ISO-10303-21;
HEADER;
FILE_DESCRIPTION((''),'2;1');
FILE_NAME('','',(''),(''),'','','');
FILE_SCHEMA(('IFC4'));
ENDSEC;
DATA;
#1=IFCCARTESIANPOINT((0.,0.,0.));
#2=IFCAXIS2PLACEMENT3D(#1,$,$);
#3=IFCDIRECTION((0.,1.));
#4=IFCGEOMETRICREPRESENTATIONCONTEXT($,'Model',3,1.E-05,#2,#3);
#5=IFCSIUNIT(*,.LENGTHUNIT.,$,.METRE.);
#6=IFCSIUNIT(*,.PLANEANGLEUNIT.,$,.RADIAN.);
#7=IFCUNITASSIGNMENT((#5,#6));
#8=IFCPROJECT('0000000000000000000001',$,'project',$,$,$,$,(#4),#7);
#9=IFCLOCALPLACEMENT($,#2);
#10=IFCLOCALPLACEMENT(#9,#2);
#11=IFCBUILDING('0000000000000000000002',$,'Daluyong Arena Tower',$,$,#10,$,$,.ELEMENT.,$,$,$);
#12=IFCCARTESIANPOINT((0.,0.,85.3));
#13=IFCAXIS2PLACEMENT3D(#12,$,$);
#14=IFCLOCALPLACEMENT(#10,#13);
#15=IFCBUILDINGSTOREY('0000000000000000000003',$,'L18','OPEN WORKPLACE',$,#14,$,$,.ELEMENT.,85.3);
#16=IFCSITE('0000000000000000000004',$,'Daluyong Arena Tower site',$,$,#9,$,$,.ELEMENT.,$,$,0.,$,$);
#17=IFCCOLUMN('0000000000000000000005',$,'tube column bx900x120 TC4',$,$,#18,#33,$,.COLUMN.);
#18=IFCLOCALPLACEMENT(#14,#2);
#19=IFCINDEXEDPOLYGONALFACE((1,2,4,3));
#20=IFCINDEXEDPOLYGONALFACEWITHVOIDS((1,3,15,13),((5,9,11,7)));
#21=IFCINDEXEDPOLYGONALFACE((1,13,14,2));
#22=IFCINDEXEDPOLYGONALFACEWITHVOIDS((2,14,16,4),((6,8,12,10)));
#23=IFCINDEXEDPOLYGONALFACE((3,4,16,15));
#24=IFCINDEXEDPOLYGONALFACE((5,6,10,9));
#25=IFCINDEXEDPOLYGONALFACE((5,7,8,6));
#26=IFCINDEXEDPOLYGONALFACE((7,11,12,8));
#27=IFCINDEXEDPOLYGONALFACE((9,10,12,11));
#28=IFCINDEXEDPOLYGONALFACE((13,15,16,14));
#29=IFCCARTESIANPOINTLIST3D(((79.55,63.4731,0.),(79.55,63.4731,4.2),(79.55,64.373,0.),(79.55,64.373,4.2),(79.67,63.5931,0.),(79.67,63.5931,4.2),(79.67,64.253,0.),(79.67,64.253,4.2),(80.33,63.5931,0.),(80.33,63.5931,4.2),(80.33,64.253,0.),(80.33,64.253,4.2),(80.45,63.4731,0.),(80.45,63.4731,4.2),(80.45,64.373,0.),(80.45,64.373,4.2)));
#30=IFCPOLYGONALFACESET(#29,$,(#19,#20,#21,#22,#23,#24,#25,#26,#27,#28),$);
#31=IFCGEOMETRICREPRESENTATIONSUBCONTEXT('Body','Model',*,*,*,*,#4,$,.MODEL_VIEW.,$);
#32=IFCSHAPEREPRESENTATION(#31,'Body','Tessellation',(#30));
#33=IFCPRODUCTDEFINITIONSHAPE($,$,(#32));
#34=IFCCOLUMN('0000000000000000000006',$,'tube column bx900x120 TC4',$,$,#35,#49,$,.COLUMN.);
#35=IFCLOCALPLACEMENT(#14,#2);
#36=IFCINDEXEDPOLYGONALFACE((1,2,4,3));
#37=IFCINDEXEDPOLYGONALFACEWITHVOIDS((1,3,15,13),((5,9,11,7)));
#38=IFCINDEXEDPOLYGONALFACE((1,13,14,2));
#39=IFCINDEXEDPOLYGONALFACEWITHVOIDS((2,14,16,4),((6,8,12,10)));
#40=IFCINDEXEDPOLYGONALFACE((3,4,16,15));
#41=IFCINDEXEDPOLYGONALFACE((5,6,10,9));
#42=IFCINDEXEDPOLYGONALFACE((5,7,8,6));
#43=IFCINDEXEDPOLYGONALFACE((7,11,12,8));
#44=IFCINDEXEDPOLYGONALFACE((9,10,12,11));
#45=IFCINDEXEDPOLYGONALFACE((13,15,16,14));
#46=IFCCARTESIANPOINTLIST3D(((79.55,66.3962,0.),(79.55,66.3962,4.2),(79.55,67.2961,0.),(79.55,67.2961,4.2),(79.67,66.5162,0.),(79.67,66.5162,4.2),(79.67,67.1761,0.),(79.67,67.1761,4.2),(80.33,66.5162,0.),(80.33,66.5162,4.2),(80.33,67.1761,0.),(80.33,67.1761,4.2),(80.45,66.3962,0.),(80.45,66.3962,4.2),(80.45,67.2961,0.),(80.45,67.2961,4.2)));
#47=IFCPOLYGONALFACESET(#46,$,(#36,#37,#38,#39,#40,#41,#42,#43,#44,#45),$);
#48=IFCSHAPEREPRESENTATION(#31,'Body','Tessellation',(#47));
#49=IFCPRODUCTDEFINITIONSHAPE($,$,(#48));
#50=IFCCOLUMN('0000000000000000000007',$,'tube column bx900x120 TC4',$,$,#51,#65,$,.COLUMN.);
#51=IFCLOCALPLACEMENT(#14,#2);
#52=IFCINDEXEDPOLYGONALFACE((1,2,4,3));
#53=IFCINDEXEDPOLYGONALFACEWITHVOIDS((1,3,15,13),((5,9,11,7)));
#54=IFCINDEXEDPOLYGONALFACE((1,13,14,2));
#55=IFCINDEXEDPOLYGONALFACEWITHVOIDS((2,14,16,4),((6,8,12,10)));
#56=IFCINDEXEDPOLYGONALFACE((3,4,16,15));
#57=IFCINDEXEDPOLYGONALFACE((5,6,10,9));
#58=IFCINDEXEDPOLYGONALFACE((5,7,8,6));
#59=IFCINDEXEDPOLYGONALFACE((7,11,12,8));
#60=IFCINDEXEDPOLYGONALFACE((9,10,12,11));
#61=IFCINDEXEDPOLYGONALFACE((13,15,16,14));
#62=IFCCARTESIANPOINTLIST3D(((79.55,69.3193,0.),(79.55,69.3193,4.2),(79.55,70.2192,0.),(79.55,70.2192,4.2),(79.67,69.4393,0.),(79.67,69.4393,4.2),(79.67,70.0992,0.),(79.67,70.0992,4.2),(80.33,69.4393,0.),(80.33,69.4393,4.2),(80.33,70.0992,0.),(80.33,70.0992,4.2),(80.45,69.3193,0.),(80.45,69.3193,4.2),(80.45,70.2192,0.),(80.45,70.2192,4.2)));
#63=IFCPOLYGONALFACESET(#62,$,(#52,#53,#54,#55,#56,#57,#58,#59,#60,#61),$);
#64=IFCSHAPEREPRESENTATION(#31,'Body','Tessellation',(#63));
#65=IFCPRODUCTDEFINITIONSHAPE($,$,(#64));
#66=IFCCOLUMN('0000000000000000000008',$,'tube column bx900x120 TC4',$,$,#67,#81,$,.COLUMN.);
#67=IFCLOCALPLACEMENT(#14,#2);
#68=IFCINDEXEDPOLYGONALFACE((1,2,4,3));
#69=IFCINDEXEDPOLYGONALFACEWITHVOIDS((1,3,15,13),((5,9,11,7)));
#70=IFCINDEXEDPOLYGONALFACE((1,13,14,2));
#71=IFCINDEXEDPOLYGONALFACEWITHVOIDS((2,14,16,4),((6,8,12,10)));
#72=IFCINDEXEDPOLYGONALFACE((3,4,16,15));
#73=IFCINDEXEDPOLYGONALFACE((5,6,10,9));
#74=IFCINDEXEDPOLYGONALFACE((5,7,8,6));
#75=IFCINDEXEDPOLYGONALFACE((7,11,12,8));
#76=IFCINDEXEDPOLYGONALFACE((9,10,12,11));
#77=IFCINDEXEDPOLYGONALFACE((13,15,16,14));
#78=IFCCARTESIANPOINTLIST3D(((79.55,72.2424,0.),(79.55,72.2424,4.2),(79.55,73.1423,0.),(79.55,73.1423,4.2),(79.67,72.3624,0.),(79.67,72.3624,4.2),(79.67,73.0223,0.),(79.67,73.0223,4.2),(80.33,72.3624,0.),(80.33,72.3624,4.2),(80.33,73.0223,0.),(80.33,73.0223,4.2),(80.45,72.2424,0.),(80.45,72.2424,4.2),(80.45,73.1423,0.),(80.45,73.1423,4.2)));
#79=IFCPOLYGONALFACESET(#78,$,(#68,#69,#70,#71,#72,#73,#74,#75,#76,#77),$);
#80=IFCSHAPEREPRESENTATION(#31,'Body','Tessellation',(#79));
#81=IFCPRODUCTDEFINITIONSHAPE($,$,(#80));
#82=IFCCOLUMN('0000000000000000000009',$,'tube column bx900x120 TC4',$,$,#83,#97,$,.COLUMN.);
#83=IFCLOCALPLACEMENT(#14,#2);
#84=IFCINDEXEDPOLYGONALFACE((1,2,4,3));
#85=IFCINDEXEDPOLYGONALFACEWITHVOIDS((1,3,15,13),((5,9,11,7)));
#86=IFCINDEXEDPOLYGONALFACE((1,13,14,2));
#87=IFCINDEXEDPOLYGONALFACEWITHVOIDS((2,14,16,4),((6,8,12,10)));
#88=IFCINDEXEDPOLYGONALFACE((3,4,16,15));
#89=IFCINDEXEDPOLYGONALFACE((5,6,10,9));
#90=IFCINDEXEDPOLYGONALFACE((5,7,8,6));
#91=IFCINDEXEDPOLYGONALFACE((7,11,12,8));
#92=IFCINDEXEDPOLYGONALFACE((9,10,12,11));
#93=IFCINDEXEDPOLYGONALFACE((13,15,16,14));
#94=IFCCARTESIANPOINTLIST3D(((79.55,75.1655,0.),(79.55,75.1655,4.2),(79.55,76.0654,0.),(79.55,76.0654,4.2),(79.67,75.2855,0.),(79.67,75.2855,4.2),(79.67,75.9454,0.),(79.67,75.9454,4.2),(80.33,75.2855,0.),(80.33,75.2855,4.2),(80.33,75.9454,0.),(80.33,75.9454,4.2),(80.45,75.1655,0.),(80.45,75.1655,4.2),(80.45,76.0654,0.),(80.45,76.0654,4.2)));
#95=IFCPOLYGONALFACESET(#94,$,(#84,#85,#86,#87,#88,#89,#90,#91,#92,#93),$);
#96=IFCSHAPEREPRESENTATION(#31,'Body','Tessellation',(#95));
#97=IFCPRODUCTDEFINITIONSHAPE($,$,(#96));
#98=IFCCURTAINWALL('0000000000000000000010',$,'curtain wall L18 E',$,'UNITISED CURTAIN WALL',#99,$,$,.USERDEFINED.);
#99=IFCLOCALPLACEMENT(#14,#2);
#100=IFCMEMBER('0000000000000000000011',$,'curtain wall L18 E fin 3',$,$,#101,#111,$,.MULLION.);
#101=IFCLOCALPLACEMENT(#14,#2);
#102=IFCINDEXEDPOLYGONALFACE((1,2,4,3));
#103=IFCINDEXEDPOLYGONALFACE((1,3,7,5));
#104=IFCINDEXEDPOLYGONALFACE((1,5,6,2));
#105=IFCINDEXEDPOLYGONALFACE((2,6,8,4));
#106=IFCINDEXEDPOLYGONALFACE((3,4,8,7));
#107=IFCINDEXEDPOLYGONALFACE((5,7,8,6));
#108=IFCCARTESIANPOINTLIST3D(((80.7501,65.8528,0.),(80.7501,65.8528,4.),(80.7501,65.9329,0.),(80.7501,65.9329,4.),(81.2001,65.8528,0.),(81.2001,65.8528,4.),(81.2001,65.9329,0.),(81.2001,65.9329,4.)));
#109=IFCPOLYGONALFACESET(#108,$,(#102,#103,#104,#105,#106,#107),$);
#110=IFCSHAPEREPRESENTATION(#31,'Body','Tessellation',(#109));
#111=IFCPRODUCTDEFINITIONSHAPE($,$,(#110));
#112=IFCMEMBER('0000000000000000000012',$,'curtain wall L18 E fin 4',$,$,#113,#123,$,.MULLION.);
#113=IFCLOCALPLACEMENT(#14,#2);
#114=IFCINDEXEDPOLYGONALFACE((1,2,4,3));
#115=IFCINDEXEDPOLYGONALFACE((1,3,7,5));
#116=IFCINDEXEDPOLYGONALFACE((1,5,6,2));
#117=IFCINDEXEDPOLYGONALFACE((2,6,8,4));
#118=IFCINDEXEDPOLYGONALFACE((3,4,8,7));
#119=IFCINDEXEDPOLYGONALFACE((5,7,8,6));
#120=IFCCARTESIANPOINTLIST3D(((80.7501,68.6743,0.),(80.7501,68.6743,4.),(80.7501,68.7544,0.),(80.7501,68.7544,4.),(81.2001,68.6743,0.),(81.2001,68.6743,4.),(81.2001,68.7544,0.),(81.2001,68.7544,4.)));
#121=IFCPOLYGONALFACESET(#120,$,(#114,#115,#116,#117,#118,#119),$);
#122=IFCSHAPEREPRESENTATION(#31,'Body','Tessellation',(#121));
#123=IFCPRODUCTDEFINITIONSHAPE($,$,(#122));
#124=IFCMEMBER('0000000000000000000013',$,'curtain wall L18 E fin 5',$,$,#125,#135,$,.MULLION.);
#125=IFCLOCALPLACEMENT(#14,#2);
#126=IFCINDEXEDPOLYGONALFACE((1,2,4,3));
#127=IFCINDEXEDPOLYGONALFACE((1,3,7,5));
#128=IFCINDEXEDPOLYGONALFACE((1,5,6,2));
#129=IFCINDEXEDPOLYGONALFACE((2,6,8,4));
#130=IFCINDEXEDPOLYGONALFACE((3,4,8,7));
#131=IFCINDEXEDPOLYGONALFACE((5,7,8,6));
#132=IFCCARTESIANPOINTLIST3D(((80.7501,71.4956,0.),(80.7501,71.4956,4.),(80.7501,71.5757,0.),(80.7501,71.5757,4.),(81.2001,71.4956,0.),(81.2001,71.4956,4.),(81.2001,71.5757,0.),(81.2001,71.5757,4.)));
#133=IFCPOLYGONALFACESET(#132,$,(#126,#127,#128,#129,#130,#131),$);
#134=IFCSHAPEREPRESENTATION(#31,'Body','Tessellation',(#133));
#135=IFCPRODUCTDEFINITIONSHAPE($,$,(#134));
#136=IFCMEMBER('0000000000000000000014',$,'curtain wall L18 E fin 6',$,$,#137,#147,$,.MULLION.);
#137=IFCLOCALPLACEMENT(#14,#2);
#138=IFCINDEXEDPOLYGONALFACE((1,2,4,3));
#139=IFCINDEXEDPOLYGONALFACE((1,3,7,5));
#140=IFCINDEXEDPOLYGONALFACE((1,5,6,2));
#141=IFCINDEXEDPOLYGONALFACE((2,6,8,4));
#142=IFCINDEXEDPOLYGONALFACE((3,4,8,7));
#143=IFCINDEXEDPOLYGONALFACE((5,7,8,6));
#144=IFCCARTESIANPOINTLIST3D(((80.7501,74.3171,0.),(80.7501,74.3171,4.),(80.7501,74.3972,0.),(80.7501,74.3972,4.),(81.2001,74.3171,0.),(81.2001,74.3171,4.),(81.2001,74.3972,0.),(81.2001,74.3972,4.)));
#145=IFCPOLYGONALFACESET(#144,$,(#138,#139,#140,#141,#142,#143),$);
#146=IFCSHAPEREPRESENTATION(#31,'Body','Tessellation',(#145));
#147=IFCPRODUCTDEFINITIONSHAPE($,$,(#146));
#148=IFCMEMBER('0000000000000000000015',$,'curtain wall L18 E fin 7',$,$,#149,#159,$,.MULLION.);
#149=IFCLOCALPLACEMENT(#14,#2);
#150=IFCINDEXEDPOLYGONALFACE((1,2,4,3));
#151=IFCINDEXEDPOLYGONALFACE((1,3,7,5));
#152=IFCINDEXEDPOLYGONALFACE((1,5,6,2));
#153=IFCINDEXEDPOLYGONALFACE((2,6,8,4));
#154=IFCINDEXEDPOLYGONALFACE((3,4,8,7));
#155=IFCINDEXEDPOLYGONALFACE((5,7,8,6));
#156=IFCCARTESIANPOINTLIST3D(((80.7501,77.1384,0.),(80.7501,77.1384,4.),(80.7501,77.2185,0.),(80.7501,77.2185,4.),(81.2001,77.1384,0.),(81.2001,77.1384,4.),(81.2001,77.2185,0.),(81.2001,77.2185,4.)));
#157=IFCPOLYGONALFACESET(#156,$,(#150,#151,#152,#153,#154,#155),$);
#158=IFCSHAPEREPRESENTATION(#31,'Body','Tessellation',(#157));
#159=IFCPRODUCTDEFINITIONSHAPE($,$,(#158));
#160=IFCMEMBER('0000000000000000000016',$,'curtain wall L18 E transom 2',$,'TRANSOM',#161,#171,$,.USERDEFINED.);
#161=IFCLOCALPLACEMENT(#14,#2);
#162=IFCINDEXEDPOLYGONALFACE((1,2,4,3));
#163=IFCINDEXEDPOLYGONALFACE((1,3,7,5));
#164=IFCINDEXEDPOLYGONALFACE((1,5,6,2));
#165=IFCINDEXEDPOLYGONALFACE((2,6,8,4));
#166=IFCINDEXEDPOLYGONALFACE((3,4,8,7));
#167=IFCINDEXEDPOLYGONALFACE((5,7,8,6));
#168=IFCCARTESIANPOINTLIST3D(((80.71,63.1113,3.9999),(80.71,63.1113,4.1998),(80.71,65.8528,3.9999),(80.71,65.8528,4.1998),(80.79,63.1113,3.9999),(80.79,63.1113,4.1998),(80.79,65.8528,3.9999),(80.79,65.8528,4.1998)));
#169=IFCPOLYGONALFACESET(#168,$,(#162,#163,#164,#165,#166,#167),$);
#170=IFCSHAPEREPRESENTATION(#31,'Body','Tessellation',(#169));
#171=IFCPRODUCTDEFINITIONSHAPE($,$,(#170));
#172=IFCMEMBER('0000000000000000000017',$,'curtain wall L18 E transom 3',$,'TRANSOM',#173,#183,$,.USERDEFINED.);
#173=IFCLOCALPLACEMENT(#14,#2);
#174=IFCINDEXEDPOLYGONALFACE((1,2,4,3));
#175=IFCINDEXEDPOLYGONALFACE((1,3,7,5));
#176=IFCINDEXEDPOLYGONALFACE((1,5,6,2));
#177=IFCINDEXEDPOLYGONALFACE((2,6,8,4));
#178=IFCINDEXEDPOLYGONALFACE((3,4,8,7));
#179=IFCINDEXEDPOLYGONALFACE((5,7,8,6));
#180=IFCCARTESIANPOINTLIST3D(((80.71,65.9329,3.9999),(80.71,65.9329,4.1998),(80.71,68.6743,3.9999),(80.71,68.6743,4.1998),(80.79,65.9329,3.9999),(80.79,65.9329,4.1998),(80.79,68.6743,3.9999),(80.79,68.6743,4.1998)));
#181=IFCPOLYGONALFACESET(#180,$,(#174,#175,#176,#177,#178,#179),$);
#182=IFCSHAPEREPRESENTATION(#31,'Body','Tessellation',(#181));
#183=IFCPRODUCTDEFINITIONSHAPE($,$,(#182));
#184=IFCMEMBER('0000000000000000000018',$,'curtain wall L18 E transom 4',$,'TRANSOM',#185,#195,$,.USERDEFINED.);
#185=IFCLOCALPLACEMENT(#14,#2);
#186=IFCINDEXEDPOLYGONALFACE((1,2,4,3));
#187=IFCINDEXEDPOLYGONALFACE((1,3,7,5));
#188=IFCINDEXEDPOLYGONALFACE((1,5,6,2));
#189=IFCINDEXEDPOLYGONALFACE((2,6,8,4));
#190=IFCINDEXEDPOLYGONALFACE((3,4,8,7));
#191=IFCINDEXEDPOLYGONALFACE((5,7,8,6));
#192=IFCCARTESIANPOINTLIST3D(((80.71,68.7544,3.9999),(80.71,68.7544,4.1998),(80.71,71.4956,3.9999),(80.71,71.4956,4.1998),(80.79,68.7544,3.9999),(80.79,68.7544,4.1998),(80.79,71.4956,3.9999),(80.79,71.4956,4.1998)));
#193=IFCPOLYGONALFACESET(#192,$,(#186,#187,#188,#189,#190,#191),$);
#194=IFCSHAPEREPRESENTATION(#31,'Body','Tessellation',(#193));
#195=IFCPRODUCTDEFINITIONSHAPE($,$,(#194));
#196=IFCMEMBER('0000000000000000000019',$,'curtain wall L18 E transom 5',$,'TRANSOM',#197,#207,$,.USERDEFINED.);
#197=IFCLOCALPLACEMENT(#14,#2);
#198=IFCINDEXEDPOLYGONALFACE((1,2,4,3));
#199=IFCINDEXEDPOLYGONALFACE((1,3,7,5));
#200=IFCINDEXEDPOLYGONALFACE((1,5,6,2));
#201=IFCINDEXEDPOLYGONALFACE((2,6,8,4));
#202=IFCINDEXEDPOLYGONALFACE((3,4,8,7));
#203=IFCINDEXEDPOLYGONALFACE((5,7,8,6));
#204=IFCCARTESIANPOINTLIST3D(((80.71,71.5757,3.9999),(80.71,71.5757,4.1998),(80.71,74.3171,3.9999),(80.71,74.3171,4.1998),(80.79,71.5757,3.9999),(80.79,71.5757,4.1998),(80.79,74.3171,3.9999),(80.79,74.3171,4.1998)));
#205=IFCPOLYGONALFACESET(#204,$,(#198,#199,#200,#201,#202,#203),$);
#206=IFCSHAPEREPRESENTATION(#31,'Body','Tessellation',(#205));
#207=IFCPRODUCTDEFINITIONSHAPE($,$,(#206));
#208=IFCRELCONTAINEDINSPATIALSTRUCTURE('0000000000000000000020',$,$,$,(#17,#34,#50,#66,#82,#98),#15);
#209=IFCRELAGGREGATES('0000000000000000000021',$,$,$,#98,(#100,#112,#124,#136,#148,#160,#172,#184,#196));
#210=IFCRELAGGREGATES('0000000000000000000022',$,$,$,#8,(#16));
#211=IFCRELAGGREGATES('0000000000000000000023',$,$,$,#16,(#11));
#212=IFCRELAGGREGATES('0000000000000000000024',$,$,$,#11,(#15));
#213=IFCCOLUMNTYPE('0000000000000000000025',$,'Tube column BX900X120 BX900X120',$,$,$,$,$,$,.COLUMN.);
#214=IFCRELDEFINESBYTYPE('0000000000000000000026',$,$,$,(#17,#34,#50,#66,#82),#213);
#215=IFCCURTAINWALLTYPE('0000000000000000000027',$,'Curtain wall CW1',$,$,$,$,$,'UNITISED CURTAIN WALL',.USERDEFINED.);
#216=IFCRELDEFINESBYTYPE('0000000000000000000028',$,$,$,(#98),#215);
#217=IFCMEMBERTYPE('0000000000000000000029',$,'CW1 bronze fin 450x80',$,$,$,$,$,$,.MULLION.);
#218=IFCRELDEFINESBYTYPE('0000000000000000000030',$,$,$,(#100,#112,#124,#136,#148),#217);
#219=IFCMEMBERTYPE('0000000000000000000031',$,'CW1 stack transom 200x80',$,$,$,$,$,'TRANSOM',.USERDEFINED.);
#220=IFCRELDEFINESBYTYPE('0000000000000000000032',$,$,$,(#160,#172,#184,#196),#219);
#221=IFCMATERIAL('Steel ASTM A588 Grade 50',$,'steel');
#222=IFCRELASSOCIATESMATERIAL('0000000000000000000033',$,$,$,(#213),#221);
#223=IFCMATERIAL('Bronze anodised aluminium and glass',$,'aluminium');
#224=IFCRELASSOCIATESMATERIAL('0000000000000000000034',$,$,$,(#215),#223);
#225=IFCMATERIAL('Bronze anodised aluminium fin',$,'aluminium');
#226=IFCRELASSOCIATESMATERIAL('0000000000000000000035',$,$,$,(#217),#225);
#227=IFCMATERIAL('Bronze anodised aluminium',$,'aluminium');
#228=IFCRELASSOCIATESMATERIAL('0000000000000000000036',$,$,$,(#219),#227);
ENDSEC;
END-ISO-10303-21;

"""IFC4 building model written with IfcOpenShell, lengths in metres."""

from ifc_helpers import new_model, si_unit, direction, frame, origin, origin_2d, place, context, subcontext, project, spatial, rectangle, hollow_rectangle, extrude, material, material_profile, profile_set, type_object, element, aggregate, save


model = new_model("IFC4")

# Units and contexts
model_context = context("Model", 3, precision=1e-05, world=origin(), true_north=direction((0.0, 1.0)))
body_context = subcontext(model_context, "Body", "Model", "MODEL_VIEW")
ifc_project = project(units=[si_unit("LENGTHUNIT", "METRE"), si_unit("PLANEANGLEUNIT", "RADIAN")], contexts=[model_context])

# Site, building, storey
site_placement = place(None, origin())
site = spatial("IfcSite", under=ifc_project, at=site_placement, Name="Daluyong Arena Tower site", CompositionType="ELEMENT", RefElevation=0.0)
building_placement = place(site_placement, origin())
building = spatial("IfcBuilding", under=site, at=building_placement, Name="Daluyong Arena Tower", CompositionType="ELEMENT")
storey_placement = place(building_placement, frame((0.0, 0.0, 85.3)))
storey = spatial("IfcBuildingStorey", under=building, at=storey_placement, Name="L18", Description="OPEN WORKPLACE", CompositionType="ELEMENT", Elevation=85.3)

# Columns
ifc_material_1 = material(Name="Steel ASTM A588 Grade 50", Category="steel")
ifc_material_profile_1 = material_profile(ifc_material_1, hollow_rectangle(XDim=0.8999, YDim=0.8999, WallThickness=0.12, at=origin_2d()))
ifc_profile_set_1 = profile_set([ifc_material_profile_1], Name="Steel ASTM A588 Grade 50")
column_type = type_object("IfcColumnType", Name="Tube column BX900X120 BX900X120", PredefinedType="COLUMN", material=ifc_profile_set_1)
for number, where, z_axis, x_axis, name in (
    (1, (80.0, 63.9231, 0.0), (0.0, 0.0, 1.0), (0.0, 1.0, 0.0), "tube column bx900x120 TC4"),
    (2, (80.0, 66.8462, 0.0), (0.0, 0.0, 1.0), (0.0, 1.0, 0.0), "tube column bx900x120 TC4"),
    (3, (80.0, 69.7693, 0.0), (0.0, 0.0, 1.0), (0.0, 1.0, 0.0), "tube column bx900x120 TC4"),
    (4, (80.0, 72.6924, 0.0), (0.0, 0.0, 1.0), (0.0, 1.0, 0.0), "tube column bx900x120 TC4"),
    (5, (80.0, 75.6155, 0.0), (0.0, 0.0, 1.0), (0.0, 1.0, 0.0), "tube column bx900x120 TC4"),
):
    element("IfcColumn", number, at=place(storey_placement, frame(where, z_axis=z_axis, x_axis=x_axis)), inside=storey, type_object=column_type, Name=name, PredefinedType="COLUMN", context=body_context, shape_type="SweptSolid", body=[
        extrude(hollow_rectangle(XDim=0.8999, YDim=0.8999, WallThickness=0.12, at=origin_2d()), origin(), (0.0, 0.0, 1.0), 4.2),
    ])

# Curtain wall, members
ifc_material_2 = material(Name="Bronze anodised aluminium and glass", Category="aluminium")
curtain_wall_type = type_object("IfcCurtainWallType", Name="Curtain wall CW1", ElementType="UNITISED CURTAIN WALL", PredefinedType="USERDEFINED", material=ifc_material_2)
curtain_wall_placement = place(storey_placement, origin())
curtain_wall = element("IfcCurtainWall", 6, at=curtain_wall_placement, inside=storey, type_object=curtain_wall_type, Name="curtain wall L18 E", ObjectType="UNITISED CURTAIN WALL", PredefinedType="USERDEFINED")
ifc_material_3 = material(Name="Bronze anodised aluminium fin", Category="aluminium")
ifc_material_profile_2 = material_profile(ifc_material_3, rectangle(XDim=0.45, YDim=0.0801, at=origin_2d()))
ifc_profile_set_2 = profile_set([ifc_material_profile_2], Name="Bronze anodised aluminium fin")
member_type_1 = type_object("IfcMemberType", Name="CW1 bronze fin 450x80", PredefinedType="MULLION", material=ifc_profile_set_2)
member_1_placement = place(storey_placement, frame((80.9751, 65.8928, 0.0), z_axis=(0.0, 0.0, 1.0), x_axis=(-1.0, 0.0, 0.0)))
member_1 = element("IfcMember", 7, at=member_1_placement, type_object=member_type_1, Name="curtain wall L18 E fin 3", PredefinedType="MULLION", context=body_context, shape_type="SweptSolid", body=[
    extrude(rectangle(XDim=0.45, YDim=0.0801, at=origin_2d()), origin(), (0.0, 0.0, 1.0), 4.0),
])
member_2_placement = place(storey_placement, frame((80.9751, 68.7144, 0.0), z_axis=(0.0, 0.0, 1.0), x_axis=(-1.0, 0.0, 0.0)))
member_2 = element("IfcMember", 8, at=member_2_placement, type_object=member_type_1, Name="curtain wall L18 E fin 4", PredefinedType="MULLION", context=body_context, shape_type="SweptSolid", body=[
    extrude(rectangle(XDim=0.45, YDim=0.0801, at=origin_2d()), origin(), (0.0, 0.0, 1.0), 4.0),
])
member_3_placement = place(storey_placement, frame((80.9751, 71.5356, 0.0), z_axis=(0.0, 0.0, 1.0), x_axis=(-1.0, 0.0, 0.0)))
member_3 = element("IfcMember", 9, at=member_3_placement, type_object=member_type_1, Name="curtain wall L18 E fin 5", PredefinedType="MULLION", context=body_context, shape_type="SweptSolid", body=[
    extrude(rectangle(XDim=0.45, YDim=0.0801, at=origin_2d()), origin(), (0.0, 0.0, 1.0), 4.0),
])
member_4_placement = place(storey_placement, frame((80.9751, 74.3572, 0.0), z_axis=(0.0, 0.0, 1.0), x_axis=(-1.0, 0.0, 0.0)))
member_4 = element("IfcMember", 10, at=member_4_placement, type_object=member_type_1, Name="curtain wall L18 E fin 6", PredefinedType="MULLION", context=body_context, shape_type="SweptSolid", body=[
    extrude(rectangle(XDim=0.45, YDim=0.0801, at=origin_2d()), origin(), (0.0, 0.0, 1.0), 4.0),
])
member_5_placement = place(storey_placement, frame((80.9751, 77.1785, 0.0), z_axis=(0.0, 0.0, 1.0), x_axis=(-1.0, 0.0, 0.0)))
member_5 = element("IfcMember", 11, at=member_5_placement, type_object=member_type_1, Name="curtain wall L18 E fin 7", PredefinedType="MULLION", context=body_context, shape_type="SweptSolid", body=[
    extrude(rectangle(XDim=0.45, YDim=0.0801, at=origin_2d()), origin(), (0.0, 0.0, 1.0), 4.0),
])
ifc_material_4 = material(Name="Bronze anodised aluminium", Category="aluminium")
ifc_material_profile_3 = material_profile(ifc_material_4, rectangle(XDim=0.0801, YDim=0.2, at=origin_2d()))
ifc_profile_set_3 = profile_set([ifc_material_profile_3], Name="Bronze anodised aluminium")
member_type_2 = type_object("IfcMemberType", Name="CW1 stack transom 200x80", ElementType="TRANSOM", PredefinedType="USERDEFINED", material=ifc_profile_set_3)
member_6_placement = place(storey_placement, frame((80.75, 63.1113, 4.0999), z_axis=(0.0, 1.0, 0.0), x_axis=(-1.0, 0.0, 0.0)))
member_6 = element("IfcMember", 12, at=member_6_placement, type_object=member_type_2, Name="curtain wall L18 E transom 2", ObjectType="TRANSOM", PredefinedType="USERDEFINED", context=body_context, shape_type="SweptSolid", body=[
    extrude(rectangle(XDim=0.0801, YDim=0.2, at=origin_2d()), origin(), (0.0, 0.0, 1.0), 2.7415),
])
member_7_placement = place(storey_placement, frame((80.75, 65.9329, 4.0999), z_axis=(0.0, 1.0, 0.0), x_axis=(-1.0, 0.0, 0.0)))
member_7 = element("IfcMember", 13, at=member_7_placement, type_object=member_type_2, Name="curtain wall L18 E transom 3", ObjectType="TRANSOM", PredefinedType="USERDEFINED", context=body_context, shape_type="SweptSolid", body=[
    extrude(rectangle(XDim=0.0801, YDim=0.2, at=origin_2d()), origin(), (0.0, 0.0, 1.0), 2.7415),
])
member_8_placement = place(storey_placement, frame((80.75, 68.7544, 4.0999), z_axis=(0.0, 1.0, 0.0), x_axis=(-1.0, 0.0, 0.0)))
member_8 = element("IfcMember", 14, at=member_8_placement, type_object=member_type_2, Name="curtain wall L18 E transom 4", ObjectType="TRANSOM", PredefinedType="USERDEFINED", context=body_context, shape_type="SweptSolid", body=[
    extrude(rectangle(XDim=0.0801, YDim=0.2, at=origin_2d()), origin(), (0.0, 0.0, 1.0), 2.7412),
])
member_9_placement = place(storey_placement, frame((80.75, 71.5757, 4.0999), z_axis=(0.0, 1.0, 0.0), x_axis=(-1.0, 0.0, 0.0)))
member_9 = element("IfcMember", 15, at=member_9_placement, type_object=member_type_2, Name="curtain wall L18 E transom 5", ObjectType="TRANSOM", PredefinedType="USERDEFINED", context=body_context, shape_type="SweptSolid", body=[
    extrude(rectangle(XDim=0.0801, YDim=0.2, at=origin_2d()), origin(), (0.0, 0.0, 1.0), 2.7415),
])

aggregate(curtain_wall, [member_1, member_2, member_3, member_4, member_5, member_6, member_7, member_8, member_9])

save(model, "model.ifc")
